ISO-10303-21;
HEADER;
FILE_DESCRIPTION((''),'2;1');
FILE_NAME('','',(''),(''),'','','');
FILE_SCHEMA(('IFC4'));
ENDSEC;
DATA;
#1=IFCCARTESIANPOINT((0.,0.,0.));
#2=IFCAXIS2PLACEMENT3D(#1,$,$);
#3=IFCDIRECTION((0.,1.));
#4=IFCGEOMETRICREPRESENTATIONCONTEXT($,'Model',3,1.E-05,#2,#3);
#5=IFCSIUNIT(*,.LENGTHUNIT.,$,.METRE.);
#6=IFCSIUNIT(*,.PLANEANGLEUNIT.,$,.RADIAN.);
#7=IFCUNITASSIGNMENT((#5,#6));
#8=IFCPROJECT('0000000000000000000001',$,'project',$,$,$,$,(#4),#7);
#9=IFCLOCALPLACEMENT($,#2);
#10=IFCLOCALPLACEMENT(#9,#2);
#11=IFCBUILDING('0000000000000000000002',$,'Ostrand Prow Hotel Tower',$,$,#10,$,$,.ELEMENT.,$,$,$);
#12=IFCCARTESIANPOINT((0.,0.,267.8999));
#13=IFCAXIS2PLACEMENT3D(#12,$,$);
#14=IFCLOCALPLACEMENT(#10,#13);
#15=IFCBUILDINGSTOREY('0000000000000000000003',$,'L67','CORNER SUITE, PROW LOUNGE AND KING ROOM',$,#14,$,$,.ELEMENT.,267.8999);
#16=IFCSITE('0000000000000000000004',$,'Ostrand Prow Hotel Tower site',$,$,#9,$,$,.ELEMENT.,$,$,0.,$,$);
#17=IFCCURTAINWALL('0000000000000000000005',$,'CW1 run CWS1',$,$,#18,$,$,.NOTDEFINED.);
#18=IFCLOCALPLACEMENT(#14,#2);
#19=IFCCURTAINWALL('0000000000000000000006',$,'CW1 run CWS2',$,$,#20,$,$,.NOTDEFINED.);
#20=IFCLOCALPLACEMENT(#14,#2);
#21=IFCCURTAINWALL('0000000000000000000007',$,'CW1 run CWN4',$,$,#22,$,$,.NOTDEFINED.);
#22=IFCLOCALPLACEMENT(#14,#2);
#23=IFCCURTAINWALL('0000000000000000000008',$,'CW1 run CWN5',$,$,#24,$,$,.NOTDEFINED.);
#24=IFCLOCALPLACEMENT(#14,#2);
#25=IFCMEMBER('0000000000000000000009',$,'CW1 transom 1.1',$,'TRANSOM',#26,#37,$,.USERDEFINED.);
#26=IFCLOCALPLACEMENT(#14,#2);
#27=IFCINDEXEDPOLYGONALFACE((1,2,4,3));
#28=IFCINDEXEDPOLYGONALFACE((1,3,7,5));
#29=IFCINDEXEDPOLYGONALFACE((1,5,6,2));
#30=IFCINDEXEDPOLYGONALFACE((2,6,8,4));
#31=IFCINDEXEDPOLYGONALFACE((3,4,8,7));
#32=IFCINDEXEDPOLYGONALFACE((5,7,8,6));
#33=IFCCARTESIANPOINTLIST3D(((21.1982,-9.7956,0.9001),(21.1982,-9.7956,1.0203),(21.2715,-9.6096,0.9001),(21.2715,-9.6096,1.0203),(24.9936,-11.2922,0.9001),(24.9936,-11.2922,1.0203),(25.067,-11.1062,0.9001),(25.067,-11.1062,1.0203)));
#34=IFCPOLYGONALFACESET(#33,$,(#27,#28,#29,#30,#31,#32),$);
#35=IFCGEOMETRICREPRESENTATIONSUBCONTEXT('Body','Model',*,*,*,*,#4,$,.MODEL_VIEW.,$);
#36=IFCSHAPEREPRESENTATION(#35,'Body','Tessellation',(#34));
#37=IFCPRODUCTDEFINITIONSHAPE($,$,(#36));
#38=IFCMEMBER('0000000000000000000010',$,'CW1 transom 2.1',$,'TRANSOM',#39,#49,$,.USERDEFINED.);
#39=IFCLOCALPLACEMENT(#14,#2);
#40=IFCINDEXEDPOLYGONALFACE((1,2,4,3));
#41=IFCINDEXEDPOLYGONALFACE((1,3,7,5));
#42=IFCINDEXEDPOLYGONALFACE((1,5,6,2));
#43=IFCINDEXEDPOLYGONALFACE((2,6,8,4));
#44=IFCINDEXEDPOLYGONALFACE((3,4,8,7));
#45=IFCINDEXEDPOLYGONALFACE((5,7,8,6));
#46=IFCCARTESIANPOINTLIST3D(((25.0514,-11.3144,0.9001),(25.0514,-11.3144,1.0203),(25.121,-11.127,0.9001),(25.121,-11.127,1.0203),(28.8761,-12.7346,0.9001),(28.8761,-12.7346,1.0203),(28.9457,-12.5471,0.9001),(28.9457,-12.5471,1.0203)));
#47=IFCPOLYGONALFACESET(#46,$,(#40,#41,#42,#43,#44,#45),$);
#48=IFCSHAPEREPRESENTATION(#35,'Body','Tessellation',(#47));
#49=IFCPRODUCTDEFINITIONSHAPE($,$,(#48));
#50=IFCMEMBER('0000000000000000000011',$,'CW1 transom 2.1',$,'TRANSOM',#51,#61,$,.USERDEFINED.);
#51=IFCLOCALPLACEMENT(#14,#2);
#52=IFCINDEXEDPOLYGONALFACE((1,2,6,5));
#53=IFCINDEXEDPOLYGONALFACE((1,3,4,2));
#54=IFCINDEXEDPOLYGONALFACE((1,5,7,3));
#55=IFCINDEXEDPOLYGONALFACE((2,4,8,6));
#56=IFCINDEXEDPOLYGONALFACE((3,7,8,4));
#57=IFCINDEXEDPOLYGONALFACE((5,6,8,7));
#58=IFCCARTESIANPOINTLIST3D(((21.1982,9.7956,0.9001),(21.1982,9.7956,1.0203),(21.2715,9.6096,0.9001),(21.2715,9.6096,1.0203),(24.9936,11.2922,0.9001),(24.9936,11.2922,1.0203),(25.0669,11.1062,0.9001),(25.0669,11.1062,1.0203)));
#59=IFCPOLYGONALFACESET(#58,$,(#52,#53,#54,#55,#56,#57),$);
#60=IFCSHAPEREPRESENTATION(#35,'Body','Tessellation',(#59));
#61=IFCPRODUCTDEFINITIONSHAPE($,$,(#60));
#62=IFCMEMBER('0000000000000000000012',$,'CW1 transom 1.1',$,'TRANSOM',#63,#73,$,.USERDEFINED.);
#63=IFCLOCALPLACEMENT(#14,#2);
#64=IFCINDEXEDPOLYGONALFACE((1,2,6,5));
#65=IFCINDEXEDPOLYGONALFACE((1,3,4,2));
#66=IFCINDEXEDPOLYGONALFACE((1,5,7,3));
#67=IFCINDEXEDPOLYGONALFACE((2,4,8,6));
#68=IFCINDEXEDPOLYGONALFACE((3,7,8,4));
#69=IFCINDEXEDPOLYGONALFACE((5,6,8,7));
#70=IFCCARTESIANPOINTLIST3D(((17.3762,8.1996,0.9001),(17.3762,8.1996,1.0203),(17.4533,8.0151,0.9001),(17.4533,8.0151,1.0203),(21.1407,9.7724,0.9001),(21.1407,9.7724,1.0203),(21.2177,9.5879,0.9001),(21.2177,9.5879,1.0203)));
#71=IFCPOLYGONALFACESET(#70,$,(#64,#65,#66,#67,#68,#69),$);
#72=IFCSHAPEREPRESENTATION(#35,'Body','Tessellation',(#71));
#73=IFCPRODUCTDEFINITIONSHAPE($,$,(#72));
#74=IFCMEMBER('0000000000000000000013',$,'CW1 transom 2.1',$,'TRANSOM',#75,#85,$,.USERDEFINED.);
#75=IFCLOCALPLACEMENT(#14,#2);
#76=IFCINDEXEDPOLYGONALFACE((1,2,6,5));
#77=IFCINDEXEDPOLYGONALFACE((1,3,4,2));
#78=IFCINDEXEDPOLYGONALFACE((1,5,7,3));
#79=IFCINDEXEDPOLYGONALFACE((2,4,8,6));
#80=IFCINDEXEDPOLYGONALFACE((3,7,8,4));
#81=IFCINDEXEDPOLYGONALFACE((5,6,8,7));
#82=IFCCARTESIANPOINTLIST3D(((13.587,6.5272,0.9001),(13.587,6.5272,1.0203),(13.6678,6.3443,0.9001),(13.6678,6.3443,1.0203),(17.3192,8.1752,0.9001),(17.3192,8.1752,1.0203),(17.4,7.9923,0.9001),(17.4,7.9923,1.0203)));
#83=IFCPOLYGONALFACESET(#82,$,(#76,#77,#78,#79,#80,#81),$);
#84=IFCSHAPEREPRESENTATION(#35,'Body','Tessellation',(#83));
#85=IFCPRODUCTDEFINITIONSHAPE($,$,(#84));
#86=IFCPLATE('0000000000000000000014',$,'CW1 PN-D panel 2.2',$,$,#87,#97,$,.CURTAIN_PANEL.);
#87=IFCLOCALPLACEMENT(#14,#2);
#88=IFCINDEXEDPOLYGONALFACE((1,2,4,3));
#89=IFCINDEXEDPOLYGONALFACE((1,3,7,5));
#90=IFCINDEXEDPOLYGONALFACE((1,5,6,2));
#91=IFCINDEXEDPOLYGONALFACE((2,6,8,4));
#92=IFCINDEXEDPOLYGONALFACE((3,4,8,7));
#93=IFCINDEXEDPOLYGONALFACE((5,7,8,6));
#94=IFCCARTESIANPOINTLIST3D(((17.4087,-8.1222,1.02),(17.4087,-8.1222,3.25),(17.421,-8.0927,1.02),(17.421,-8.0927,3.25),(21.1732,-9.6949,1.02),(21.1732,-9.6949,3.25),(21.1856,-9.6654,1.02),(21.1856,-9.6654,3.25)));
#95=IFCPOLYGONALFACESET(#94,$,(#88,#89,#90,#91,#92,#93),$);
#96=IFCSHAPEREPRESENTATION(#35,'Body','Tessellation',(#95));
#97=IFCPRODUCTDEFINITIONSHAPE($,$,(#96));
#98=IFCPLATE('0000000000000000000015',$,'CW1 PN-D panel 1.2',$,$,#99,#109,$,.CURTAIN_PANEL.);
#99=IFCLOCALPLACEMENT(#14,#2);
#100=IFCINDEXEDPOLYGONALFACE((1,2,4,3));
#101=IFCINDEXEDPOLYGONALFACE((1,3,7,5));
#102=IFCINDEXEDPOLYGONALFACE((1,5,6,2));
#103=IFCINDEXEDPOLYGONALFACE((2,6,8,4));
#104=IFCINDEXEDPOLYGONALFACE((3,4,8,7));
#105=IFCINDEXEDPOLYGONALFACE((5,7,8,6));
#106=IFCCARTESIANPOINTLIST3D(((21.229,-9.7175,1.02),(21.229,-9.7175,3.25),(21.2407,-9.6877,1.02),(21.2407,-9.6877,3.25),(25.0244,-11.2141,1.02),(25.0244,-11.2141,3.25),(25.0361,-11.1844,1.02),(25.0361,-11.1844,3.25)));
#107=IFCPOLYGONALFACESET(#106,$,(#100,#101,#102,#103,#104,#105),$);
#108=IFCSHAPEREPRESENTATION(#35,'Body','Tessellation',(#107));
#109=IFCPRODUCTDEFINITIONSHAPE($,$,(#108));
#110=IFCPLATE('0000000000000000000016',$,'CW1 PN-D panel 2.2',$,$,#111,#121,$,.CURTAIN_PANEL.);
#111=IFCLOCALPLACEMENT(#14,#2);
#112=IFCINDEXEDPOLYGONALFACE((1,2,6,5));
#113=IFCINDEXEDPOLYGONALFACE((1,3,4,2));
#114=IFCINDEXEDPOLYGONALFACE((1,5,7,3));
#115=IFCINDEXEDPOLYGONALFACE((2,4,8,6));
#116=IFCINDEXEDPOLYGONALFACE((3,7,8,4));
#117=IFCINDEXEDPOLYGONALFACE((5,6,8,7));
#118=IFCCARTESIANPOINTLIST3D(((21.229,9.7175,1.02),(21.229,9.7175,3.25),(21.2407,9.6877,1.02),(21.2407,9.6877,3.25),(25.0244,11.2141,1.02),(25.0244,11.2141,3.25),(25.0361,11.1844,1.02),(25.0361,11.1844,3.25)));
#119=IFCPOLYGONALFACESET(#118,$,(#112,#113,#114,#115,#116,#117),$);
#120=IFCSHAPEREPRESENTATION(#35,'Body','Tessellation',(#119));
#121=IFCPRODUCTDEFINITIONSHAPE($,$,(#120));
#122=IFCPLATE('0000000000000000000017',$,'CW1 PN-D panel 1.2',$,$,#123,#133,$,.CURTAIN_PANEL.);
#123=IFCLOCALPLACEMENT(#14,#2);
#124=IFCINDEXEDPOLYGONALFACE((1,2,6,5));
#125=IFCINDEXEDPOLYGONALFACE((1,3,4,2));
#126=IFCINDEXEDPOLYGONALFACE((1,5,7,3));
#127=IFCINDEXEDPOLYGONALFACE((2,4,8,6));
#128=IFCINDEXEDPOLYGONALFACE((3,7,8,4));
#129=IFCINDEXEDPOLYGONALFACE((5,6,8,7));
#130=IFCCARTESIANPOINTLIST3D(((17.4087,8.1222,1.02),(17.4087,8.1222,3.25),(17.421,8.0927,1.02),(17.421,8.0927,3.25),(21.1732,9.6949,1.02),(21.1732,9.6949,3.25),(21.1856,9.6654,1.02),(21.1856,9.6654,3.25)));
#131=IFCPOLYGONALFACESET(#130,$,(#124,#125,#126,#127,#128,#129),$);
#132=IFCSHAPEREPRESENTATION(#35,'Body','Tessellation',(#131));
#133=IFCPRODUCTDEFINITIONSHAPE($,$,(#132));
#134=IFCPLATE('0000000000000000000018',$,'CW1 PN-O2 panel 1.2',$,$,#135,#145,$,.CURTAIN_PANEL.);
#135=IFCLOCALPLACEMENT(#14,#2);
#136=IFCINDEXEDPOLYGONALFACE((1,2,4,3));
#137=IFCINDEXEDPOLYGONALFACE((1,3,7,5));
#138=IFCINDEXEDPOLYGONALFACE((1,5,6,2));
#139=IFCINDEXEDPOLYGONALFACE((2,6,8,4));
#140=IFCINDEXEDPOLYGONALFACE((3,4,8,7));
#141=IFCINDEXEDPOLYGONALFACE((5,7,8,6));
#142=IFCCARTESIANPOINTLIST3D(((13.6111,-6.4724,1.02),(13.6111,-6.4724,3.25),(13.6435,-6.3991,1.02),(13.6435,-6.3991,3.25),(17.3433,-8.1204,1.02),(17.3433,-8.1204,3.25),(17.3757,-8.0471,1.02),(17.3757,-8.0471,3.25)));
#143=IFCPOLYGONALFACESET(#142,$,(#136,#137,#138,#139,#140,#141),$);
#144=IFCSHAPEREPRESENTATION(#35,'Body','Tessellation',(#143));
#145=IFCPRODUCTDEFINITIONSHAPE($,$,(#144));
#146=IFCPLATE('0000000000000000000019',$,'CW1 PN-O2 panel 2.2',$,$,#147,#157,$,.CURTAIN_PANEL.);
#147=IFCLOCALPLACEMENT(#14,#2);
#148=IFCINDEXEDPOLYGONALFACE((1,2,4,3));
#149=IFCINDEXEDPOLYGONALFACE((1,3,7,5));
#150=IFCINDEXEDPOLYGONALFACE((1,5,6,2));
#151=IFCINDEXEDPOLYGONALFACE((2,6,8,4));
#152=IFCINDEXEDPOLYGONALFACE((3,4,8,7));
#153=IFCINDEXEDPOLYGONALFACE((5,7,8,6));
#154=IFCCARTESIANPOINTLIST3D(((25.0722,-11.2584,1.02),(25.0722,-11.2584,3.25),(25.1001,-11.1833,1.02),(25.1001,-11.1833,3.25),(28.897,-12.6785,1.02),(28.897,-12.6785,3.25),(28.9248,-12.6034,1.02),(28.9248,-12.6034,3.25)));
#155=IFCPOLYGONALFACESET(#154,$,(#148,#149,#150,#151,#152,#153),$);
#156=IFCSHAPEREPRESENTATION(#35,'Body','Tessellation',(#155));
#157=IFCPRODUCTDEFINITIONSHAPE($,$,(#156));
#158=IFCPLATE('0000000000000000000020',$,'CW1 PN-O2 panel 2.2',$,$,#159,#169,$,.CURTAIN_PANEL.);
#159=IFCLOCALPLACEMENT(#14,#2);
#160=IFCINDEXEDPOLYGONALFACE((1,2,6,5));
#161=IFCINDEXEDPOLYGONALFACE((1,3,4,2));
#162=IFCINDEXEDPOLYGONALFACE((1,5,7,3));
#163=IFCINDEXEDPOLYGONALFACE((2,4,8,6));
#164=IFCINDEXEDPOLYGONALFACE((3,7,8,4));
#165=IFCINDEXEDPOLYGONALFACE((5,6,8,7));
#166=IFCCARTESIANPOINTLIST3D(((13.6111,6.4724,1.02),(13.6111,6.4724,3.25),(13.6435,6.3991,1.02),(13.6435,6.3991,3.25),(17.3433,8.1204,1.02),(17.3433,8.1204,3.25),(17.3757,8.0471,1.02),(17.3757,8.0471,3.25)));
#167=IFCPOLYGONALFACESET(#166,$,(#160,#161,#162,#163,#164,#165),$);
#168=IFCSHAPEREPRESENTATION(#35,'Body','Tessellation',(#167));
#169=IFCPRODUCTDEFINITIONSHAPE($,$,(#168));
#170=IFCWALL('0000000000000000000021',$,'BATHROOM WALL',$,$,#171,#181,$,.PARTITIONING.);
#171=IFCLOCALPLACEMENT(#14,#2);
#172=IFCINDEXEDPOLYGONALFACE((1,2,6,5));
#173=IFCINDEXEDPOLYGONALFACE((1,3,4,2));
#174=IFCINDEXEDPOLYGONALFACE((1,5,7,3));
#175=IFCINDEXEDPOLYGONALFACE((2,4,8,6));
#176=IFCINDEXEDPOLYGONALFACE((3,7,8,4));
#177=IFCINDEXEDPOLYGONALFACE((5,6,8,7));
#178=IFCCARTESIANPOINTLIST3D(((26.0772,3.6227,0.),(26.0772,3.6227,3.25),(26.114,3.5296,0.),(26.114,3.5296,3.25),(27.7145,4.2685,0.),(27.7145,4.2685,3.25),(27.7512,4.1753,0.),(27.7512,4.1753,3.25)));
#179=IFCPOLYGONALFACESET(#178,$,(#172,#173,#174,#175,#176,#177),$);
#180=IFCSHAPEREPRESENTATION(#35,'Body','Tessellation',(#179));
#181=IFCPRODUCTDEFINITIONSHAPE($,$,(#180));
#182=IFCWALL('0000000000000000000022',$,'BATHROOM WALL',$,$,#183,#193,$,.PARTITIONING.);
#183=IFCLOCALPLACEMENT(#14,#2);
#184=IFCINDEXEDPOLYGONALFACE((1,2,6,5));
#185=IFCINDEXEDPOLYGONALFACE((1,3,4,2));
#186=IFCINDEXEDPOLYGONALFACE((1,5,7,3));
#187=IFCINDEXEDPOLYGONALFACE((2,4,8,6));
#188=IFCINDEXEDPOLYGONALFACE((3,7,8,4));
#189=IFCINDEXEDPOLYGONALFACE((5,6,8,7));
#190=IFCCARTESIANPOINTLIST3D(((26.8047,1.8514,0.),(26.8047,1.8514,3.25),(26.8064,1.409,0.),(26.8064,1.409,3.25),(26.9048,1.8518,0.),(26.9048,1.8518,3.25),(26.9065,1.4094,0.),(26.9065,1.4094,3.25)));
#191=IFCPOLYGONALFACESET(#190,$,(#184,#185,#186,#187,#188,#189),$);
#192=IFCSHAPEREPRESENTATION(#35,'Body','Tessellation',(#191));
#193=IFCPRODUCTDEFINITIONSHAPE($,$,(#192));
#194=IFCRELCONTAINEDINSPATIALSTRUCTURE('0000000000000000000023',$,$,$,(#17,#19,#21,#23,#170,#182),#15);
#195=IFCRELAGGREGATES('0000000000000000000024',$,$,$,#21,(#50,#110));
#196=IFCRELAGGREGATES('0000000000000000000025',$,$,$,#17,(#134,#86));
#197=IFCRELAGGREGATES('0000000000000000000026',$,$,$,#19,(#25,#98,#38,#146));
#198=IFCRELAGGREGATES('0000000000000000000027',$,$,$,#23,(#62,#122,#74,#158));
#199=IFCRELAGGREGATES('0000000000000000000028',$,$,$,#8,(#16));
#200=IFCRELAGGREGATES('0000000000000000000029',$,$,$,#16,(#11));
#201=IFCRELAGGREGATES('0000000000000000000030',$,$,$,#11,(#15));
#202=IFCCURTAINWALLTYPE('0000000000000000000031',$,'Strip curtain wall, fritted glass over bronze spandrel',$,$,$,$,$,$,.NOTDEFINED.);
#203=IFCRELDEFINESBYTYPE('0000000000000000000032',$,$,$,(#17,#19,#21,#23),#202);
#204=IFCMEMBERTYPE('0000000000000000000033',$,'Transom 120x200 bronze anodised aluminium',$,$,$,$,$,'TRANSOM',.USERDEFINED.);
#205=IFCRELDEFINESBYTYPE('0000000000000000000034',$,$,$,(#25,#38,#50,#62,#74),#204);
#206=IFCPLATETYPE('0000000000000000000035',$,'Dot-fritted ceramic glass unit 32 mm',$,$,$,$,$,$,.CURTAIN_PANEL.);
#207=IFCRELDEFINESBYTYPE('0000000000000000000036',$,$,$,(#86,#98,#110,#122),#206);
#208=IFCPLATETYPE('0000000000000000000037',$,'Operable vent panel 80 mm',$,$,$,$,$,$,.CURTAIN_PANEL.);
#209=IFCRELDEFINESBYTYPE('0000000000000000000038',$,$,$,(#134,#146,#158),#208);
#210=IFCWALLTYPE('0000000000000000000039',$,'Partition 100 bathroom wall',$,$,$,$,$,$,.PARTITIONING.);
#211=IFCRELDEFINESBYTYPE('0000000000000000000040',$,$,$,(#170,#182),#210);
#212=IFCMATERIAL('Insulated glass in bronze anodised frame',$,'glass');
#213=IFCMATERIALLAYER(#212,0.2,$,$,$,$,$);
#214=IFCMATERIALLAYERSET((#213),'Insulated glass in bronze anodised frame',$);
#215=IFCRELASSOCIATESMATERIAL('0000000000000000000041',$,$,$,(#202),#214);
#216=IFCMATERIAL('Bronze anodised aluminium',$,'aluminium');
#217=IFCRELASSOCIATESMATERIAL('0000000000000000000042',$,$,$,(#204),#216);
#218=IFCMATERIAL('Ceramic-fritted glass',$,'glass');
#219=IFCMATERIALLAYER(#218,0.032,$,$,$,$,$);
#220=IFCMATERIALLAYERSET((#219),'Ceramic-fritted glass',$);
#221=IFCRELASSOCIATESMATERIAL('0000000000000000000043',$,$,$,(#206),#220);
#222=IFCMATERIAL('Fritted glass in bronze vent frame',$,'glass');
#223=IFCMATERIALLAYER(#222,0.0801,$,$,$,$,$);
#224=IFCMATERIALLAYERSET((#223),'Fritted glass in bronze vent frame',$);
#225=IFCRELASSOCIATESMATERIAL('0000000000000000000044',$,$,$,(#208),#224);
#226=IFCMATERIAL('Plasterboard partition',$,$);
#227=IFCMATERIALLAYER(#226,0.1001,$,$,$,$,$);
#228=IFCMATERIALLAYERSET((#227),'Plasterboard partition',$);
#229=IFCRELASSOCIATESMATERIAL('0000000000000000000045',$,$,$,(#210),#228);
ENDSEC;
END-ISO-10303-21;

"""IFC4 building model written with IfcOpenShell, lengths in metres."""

from ifc_helpers import new_model, si_unit, direction, frame, frame_2d, origin, origin_2d, place, context, subcontext, project, spatial, rectangle, extrude, material, layer, layer_set, material_profile, profile_set, type_object, element, aggregate, save


model = new_model("IFC4")

# Units and contexts
model_context = context("Model", 3, precision=1e-05, world=origin(), true_north=direction((0.0, 1.0)))
body_context = subcontext(model_context, "Body", "Model", "MODEL_VIEW")
ifc_project = project(units=[si_unit("LENGTHUNIT", "METRE"), si_unit("PLANEANGLEUNIT", "RADIAN")], contexts=[model_context])

# Site, building, storey
site_placement = place(None, origin())
site = spatial("IfcSite", under=ifc_project, at=site_placement, Name="Ostrand Prow Hotel Tower site", CompositionType="ELEMENT", RefElevation=0.0)
building_placement = place(site_placement, origin())
building = spatial("IfcBuilding", under=site, at=building_placement, Name="Ostrand Prow Hotel Tower", CompositionType="ELEMENT")
storey_placement = place(building_placement, frame((0.0, 0.0, 267.8999)))
storey = spatial("IfcBuildingStorey", under=building, at=storey_placement, Name="L67", Description="CORNER SUITE, PROW LOUNGE AND KING ROOM", CompositionType="ELEMENT", Elevation=267.8999)

# Curtain wall
ifc_material_1 = material(Name="Insulated glass in bronze anodised frame", Category="glass")
ifc_layer_1 = layer(ifc_material_1, 0.2)
ifc_layer_set_1 = layer_set([ifc_layer_1], Name="Insulated glass in bronze anodised frame")
curtain_wall_type = type_object("IfcCurtainWallType", Name="Strip curtain wall, fritted glass over bronze spandrel", PredefinedType="NOTDEFINED", material=ifc_layer_set_1)
curtain_wall_1_placement = place(storey_placement, origin())
curtain_wall_1 = element("IfcCurtainWall", 1, at=curtain_wall_1_placement, inside=storey, type_object=curtain_wall_type, Name="CW1 run CWS1", PredefinedType="NOTDEFINED")

# Curtain wall
curtain_wall_2_placement = place(storey_placement, origin())
curtain_wall_2 = element("IfcCurtainWall", 2, at=curtain_wall_2_placement, inside=storey, type_object=curtain_wall_type, Name="CW1 run CWS2", PredefinedType="NOTDEFINED")

# Curtain wall
curtain_wall_3_placement = place(storey_placement, origin())
curtain_wall_3 = element("IfcCurtainWall", 3, at=curtain_wall_3_placement, inside=storey, type_object=curtain_wall_type, Name="CW1 run CWN4", PredefinedType="NOTDEFINED")

# Curtain wall
curtain_wall_4_placement = place(storey_placement, origin())
curtain_wall_4 = element("IfcCurtainWall", 4, at=curtain_wall_4_placement, inside=storey, type_object=curtain_wall_type, Name="CW1 run CWN5", PredefinedType="NOTDEFINED")

# Members
ifc_material_2 = material(Name="Bronze anodised aluminium", Category="aluminium")
ifc_material_profile_1 = material_profile(ifc_material_2, rectangle(XDim=0.2, YDim=0.1201, at=origin_2d()), Name="Transom 120x200 bronze anodised aluminium")
ifc_profile_set_1 = profile_set([ifc_material_profile_1], Name="Bronze anodised aluminium")
member_type_1 = type_object("IfcMemberType", Name="Transom 120x200 bronze anodised aluminium", ElementType="TRANSOM", PredefinedType="USERDEFINED", material=ifc_profile_set_1)
member_1_placement = place(storey_placement, frame((21.2349, -9.7026, 0.9602), z_axis=(0.93029, -0.366826, 0.0), x_axis=(0.366826, 0.93029, 0.0)))
member_1 = element("IfcMember", 5, at=member_1_placement, type_object=member_type_1, Name="CW1 transom 1.1", ObjectType="TRANSOM", PredefinedType="USERDEFINED", context=body_context, shape_type="SweptSolid", body=[
    extrude(rectangle(XDim=0.2, YDim=0.1201, at=origin_2d()), origin(), (0.0, 0.0, 1.0), 4.0798),
])
member_2_placement = place(storey_placement, frame((25.0862, -11.2207, 0.9602), z_axis=(0.93746, -0.348092, 0.0), x_axis=(0.348092, 0.93746, 0.0)))
member_2 = element("IfcMember", 6, at=member_2_placement, type_object=member_type_1, Name="CW1 transom 2.1", ObjectType="TRANSOM", PredefinedType="USERDEFINED", context=body_context, shape_type="SweptSolid", body=[
    extrude(rectangle(XDim=0.2, YDim=0.1201, at=origin_2d()), origin(), (0.0, 0.0, 1.0), 4.0798),
])
member_3_placement = place(storey_placement, frame((25.0303, 11.1992, 0.9602), z_axis=(-0.93029, -0.366826, 0.0), x_axis=(0.366826, -0.93029, 0.0)))
member_3 = element("IfcMember", 7, at=member_3_placement, type_object=member_type_1, Name="CW1 transom 2.1", ObjectType="TRANSOM", PredefinedType="USERDEFINED", context=body_context, shape_type="SweptSolid", body=[
    extrude(rectangle(XDim=0.2, YDim=0.1201, at=origin_2d()), origin(), (0.0, 0.0, 1.0), 4.0798),
])
member_4_placement = place(storey_placement, frame((21.1792, 9.6802, 0.9602), z_axis=(-0.922706, -0.385503, 0.0), x_axis=(0.385503, -0.922706, 0.0)))
member_4 = element("IfcMember", 8, at=member_4_placement, type_object=member_type_1, Name="CW1 transom 1.1", ObjectType="TRANSOM", PredefinedType="USERDEFINED", context=body_context, shape_type="SweptSolid", body=[
    extrude(rectangle(XDim=0.2, YDim=0.1201, at=origin_2d()), origin(), (0.0, 0.0, 1.0), 4.0798),
])
member_5_placement = place(storey_placement, frame((17.3596, 8.0837, 0.9602), z_axis=(-0.914791, -0.403927, 0.0), x_axis=(0.403927, -0.914791, 0.0)))
member_5 = element("IfcMember", 9, at=member_5_placement, type_object=member_type_1, Name="CW1 transom 2.1", ObjectType="TRANSOM", PredefinedType="USERDEFINED", context=body_context, shape_type="SweptSolid", body=[
    extrude(rectangle(XDim=0.2, YDim=0.1201, at=origin_2d()), origin(), (0.0, 0.0, 1.0), 4.0798),
])

# Plates
ifc_material_3 = material(Name="Ceramic-fritted glass", Category="glass")
ifc_layer_2 = layer(ifc_material_3, 0.032)
ifc_layer_set_2 = layer_set([ifc_layer_2], Name="Ceramic-fritted glass")
plate_type_1 = type_object("IfcPlateType", Name="Dot-fritted ceramic glass unit 32 mm", PredefinedType="CURTAIN_PANEL", material=ifc_layer_set_2)
plate_1_placement = place(storey_placement, frame((19.2971, -8.8938, 1.02), z_axis=(0.0, 0.0, 1.0), x_axis=(0.92272, -0.385471, 0.0)))
plate_1 = element("IfcPlate", 10, at=plate_1_placement, type_object=plate_type_1, Name="CW1 PN-D panel 2.2", PredefinedType="CURTAIN_PANEL", context=body_context, shape_type="SweptSolid", body=[
    extrude(rectangle(XDim=4.0798, YDim=0.032, at=origin_2d()), origin(), (0.0, 0.0, 1.0), 2.23),
])
plate_2_placement = place(storey_placement, frame((23.1326, -10.4509, 1.02), z_axis=(0.0, 0.0, 1.0), x_axis=(0.930282, -0.366845, 0.0)))
plate_2 = element("IfcPlate", 11, at=plate_2_placement, type_object=plate_type_1, Name="CW1 PN-D panel 1.2", PredefinedType="CURTAIN_PANEL", context=body_context, shape_type="SweptSolid", body=[
    extrude(rectangle(XDim=4.0798, YDim=0.032, at=origin_2d()), origin(), (0.0, 0.0, 1.0), 2.23),
])
plate_3_placement = place(storey_placement, frame((23.1326, 10.4509, 1.02), z_axis=(0.0, 0.0, 1.0), x_axis=(-0.930282, -0.366845, 0.0)))
plate_3 = element("IfcPlate", 12, at=plate_3_placement, type_object=plate_type_1, Name="CW1 PN-D panel 2.2", PredefinedType="CURTAIN_PANEL", context=body_context, shape_type="SweptSolid", body=[
    extrude(rectangle(XDim=4.0798, YDim=0.032, at=origin_2d()), origin(), (0.0, 0.0, 1.0), 2.23),
])
aggregate(curtain_wall_3, [member_3, plate_3])
plate_4_placement = place(storey_placement, frame((19.2971, 8.8938, 1.02), z_axis=(0.0, 0.0, 1.0), x_axis=(-0.92272, -0.385471, 0.0)))
plate_4 = element("IfcPlate", 13, at=plate_4_placement, type_object=plate_type_1, Name="CW1 PN-D panel 1.2", PredefinedType="CURTAIN_PANEL", context=body_context, shape_type="SweptSolid", body=[
    extrude(rectangle(XDim=4.0798, YDim=0.032, at=origin_2d()), origin(), (0.0, 0.0, 1.0), 2.23),
])
ifc_material_4 = material(Name="Fritted glass in bronze vent frame", Category="glass")
ifc_layer_3 = layer(ifc_material_4, 0.0801)
ifc_layer_set_3 = layer_set([ifc_layer_3], Name="Fritted glass in bronze vent frame")
plate_type_2 = type_object("IfcPlateType", Name="Operable vent panel 80 mm", PredefinedType="CURTAIN_PANEL", material=ifc_layer_set_3)
plate_5_placement = place(storey_placement, frame((15.4934, -7.2598, 1.02), z_axis=(0.0, 0.0, 1.0), x_axis=(0.914786, -0.40394, 0.0)))
plate_5 = element("IfcPlate", 14, at=plate_5_placement, type_object=plate_type_2, Name="CW1 PN-O2 panel 1.2", PredefinedType="CURTAIN_PANEL", context=body_context, shape_type="SweptSolid", body=[
    extrude(rectangle(XDim=4.0798, YDim=0.0801, at=origin_2d()), origin(), (0.0, 0.0, 1.0), 2.23),
])
aggregate(curtain_wall_1, [plate_5, plate_1])
plate_6_placement = place(storey_placement, frame((26.9985, -11.9309, 1.02), z_axis=(0.0, 0.0, 1.0), x_axis=(0.937468, -0.348071, 0.0)))
plate_6 = element("IfcPlate", 15, at=plate_6_placement, type_object=plate_type_2, Name="CW1 PN-O2 panel 2.2", PredefinedType="CURTAIN_PANEL", context=body_context, shape_type="SweptSolid", body=[
    extrude(rectangle(XDim=4.0798, YDim=0.0801, at=origin_2d()), origin(), (0.0, 0.0, 1.0), 2.23),
])
aggregate(curtain_wall_2, [member_1, plate_2, member_2, plate_6])
plate_7_placement = place(storey_placement, frame((15.4934, 7.2598, 1.02), z_axis=(0.0, 0.0, 1.0), x_axis=(-0.914786, -0.40394, 0.0)))
plate_7 = element("IfcPlate", 16, at=plate_7_placement, type_object=plate_type_2, Name="CW1 PN-O2 panel 2.2", PredefinedType="CURTAIN_PANEL", context=body_context, shape_type="SweptSolid", body=[
    extrude(rectangle(XDim=4.0798, YDim=0.0801, at=origin_2d()), origin(), (0.0, 0.0, 1.0), 2.23),
])
aggregate(curtain_wall_4, [member_4, plate_4, member_5, plate_7])

# Walls
ifc_material_5 = material(Name="Plasterboard partition")
ifc_layer_4 = layer(ifc_material_5, 0.1001)
ifc_layer_set_4 = layer_set([ifc_layer_4], Name="Plasterboard partition")
wall_type_1 = type_object("IfcWallType", Name="Partition 100 bathroom wall", PredefinedType="PARTITIONING", material=ifc_layer_set_4)
wall_1_placement = place(storey_placement, frame((26.0957, 3.5762, 0.0), z_axis=(0.0, 0.0, 1.0), x_axis=(0.930255, 0.366914, 0.0)))
element("IfcWall", 17, at=wall_1_placement, inside=storey, type_object=wall_type_1, Name="BATHROOM WALL", PredefinedType="PARTITIONING", context=body_context, shape_type="SweptSolid", body=[
    extrude(rectangle(XDim=1.76, YDim=0.1001, at=frame_2d((0.8799, 0.0))), origin(), (0.0, 0.0, 1.0), 3.25),
])
wall_2_placement = place(storey_placement, frame((26.8564, 1.4092, 0.0), z_axis=(0.0, 0.0, 1.0), x_axis=(-0.003863, 0.999993, 0.0)))
element("IfcWall", 18, at=wall_2_placement, inside=storey, type_object=wall_type_1, Name="BATHROOM WALL", PredefinedType="PARTITIONING", context=body_context, shape_type="SweptSolid", body=[
    extrude(rectangle(XDim=0.4424, YDim=0.1001, at=frame_2d((0.2212, 0.0))), origin(), (0.0, 0.0, 1.0), 3.25),
])

save(model, "model.ifc")
